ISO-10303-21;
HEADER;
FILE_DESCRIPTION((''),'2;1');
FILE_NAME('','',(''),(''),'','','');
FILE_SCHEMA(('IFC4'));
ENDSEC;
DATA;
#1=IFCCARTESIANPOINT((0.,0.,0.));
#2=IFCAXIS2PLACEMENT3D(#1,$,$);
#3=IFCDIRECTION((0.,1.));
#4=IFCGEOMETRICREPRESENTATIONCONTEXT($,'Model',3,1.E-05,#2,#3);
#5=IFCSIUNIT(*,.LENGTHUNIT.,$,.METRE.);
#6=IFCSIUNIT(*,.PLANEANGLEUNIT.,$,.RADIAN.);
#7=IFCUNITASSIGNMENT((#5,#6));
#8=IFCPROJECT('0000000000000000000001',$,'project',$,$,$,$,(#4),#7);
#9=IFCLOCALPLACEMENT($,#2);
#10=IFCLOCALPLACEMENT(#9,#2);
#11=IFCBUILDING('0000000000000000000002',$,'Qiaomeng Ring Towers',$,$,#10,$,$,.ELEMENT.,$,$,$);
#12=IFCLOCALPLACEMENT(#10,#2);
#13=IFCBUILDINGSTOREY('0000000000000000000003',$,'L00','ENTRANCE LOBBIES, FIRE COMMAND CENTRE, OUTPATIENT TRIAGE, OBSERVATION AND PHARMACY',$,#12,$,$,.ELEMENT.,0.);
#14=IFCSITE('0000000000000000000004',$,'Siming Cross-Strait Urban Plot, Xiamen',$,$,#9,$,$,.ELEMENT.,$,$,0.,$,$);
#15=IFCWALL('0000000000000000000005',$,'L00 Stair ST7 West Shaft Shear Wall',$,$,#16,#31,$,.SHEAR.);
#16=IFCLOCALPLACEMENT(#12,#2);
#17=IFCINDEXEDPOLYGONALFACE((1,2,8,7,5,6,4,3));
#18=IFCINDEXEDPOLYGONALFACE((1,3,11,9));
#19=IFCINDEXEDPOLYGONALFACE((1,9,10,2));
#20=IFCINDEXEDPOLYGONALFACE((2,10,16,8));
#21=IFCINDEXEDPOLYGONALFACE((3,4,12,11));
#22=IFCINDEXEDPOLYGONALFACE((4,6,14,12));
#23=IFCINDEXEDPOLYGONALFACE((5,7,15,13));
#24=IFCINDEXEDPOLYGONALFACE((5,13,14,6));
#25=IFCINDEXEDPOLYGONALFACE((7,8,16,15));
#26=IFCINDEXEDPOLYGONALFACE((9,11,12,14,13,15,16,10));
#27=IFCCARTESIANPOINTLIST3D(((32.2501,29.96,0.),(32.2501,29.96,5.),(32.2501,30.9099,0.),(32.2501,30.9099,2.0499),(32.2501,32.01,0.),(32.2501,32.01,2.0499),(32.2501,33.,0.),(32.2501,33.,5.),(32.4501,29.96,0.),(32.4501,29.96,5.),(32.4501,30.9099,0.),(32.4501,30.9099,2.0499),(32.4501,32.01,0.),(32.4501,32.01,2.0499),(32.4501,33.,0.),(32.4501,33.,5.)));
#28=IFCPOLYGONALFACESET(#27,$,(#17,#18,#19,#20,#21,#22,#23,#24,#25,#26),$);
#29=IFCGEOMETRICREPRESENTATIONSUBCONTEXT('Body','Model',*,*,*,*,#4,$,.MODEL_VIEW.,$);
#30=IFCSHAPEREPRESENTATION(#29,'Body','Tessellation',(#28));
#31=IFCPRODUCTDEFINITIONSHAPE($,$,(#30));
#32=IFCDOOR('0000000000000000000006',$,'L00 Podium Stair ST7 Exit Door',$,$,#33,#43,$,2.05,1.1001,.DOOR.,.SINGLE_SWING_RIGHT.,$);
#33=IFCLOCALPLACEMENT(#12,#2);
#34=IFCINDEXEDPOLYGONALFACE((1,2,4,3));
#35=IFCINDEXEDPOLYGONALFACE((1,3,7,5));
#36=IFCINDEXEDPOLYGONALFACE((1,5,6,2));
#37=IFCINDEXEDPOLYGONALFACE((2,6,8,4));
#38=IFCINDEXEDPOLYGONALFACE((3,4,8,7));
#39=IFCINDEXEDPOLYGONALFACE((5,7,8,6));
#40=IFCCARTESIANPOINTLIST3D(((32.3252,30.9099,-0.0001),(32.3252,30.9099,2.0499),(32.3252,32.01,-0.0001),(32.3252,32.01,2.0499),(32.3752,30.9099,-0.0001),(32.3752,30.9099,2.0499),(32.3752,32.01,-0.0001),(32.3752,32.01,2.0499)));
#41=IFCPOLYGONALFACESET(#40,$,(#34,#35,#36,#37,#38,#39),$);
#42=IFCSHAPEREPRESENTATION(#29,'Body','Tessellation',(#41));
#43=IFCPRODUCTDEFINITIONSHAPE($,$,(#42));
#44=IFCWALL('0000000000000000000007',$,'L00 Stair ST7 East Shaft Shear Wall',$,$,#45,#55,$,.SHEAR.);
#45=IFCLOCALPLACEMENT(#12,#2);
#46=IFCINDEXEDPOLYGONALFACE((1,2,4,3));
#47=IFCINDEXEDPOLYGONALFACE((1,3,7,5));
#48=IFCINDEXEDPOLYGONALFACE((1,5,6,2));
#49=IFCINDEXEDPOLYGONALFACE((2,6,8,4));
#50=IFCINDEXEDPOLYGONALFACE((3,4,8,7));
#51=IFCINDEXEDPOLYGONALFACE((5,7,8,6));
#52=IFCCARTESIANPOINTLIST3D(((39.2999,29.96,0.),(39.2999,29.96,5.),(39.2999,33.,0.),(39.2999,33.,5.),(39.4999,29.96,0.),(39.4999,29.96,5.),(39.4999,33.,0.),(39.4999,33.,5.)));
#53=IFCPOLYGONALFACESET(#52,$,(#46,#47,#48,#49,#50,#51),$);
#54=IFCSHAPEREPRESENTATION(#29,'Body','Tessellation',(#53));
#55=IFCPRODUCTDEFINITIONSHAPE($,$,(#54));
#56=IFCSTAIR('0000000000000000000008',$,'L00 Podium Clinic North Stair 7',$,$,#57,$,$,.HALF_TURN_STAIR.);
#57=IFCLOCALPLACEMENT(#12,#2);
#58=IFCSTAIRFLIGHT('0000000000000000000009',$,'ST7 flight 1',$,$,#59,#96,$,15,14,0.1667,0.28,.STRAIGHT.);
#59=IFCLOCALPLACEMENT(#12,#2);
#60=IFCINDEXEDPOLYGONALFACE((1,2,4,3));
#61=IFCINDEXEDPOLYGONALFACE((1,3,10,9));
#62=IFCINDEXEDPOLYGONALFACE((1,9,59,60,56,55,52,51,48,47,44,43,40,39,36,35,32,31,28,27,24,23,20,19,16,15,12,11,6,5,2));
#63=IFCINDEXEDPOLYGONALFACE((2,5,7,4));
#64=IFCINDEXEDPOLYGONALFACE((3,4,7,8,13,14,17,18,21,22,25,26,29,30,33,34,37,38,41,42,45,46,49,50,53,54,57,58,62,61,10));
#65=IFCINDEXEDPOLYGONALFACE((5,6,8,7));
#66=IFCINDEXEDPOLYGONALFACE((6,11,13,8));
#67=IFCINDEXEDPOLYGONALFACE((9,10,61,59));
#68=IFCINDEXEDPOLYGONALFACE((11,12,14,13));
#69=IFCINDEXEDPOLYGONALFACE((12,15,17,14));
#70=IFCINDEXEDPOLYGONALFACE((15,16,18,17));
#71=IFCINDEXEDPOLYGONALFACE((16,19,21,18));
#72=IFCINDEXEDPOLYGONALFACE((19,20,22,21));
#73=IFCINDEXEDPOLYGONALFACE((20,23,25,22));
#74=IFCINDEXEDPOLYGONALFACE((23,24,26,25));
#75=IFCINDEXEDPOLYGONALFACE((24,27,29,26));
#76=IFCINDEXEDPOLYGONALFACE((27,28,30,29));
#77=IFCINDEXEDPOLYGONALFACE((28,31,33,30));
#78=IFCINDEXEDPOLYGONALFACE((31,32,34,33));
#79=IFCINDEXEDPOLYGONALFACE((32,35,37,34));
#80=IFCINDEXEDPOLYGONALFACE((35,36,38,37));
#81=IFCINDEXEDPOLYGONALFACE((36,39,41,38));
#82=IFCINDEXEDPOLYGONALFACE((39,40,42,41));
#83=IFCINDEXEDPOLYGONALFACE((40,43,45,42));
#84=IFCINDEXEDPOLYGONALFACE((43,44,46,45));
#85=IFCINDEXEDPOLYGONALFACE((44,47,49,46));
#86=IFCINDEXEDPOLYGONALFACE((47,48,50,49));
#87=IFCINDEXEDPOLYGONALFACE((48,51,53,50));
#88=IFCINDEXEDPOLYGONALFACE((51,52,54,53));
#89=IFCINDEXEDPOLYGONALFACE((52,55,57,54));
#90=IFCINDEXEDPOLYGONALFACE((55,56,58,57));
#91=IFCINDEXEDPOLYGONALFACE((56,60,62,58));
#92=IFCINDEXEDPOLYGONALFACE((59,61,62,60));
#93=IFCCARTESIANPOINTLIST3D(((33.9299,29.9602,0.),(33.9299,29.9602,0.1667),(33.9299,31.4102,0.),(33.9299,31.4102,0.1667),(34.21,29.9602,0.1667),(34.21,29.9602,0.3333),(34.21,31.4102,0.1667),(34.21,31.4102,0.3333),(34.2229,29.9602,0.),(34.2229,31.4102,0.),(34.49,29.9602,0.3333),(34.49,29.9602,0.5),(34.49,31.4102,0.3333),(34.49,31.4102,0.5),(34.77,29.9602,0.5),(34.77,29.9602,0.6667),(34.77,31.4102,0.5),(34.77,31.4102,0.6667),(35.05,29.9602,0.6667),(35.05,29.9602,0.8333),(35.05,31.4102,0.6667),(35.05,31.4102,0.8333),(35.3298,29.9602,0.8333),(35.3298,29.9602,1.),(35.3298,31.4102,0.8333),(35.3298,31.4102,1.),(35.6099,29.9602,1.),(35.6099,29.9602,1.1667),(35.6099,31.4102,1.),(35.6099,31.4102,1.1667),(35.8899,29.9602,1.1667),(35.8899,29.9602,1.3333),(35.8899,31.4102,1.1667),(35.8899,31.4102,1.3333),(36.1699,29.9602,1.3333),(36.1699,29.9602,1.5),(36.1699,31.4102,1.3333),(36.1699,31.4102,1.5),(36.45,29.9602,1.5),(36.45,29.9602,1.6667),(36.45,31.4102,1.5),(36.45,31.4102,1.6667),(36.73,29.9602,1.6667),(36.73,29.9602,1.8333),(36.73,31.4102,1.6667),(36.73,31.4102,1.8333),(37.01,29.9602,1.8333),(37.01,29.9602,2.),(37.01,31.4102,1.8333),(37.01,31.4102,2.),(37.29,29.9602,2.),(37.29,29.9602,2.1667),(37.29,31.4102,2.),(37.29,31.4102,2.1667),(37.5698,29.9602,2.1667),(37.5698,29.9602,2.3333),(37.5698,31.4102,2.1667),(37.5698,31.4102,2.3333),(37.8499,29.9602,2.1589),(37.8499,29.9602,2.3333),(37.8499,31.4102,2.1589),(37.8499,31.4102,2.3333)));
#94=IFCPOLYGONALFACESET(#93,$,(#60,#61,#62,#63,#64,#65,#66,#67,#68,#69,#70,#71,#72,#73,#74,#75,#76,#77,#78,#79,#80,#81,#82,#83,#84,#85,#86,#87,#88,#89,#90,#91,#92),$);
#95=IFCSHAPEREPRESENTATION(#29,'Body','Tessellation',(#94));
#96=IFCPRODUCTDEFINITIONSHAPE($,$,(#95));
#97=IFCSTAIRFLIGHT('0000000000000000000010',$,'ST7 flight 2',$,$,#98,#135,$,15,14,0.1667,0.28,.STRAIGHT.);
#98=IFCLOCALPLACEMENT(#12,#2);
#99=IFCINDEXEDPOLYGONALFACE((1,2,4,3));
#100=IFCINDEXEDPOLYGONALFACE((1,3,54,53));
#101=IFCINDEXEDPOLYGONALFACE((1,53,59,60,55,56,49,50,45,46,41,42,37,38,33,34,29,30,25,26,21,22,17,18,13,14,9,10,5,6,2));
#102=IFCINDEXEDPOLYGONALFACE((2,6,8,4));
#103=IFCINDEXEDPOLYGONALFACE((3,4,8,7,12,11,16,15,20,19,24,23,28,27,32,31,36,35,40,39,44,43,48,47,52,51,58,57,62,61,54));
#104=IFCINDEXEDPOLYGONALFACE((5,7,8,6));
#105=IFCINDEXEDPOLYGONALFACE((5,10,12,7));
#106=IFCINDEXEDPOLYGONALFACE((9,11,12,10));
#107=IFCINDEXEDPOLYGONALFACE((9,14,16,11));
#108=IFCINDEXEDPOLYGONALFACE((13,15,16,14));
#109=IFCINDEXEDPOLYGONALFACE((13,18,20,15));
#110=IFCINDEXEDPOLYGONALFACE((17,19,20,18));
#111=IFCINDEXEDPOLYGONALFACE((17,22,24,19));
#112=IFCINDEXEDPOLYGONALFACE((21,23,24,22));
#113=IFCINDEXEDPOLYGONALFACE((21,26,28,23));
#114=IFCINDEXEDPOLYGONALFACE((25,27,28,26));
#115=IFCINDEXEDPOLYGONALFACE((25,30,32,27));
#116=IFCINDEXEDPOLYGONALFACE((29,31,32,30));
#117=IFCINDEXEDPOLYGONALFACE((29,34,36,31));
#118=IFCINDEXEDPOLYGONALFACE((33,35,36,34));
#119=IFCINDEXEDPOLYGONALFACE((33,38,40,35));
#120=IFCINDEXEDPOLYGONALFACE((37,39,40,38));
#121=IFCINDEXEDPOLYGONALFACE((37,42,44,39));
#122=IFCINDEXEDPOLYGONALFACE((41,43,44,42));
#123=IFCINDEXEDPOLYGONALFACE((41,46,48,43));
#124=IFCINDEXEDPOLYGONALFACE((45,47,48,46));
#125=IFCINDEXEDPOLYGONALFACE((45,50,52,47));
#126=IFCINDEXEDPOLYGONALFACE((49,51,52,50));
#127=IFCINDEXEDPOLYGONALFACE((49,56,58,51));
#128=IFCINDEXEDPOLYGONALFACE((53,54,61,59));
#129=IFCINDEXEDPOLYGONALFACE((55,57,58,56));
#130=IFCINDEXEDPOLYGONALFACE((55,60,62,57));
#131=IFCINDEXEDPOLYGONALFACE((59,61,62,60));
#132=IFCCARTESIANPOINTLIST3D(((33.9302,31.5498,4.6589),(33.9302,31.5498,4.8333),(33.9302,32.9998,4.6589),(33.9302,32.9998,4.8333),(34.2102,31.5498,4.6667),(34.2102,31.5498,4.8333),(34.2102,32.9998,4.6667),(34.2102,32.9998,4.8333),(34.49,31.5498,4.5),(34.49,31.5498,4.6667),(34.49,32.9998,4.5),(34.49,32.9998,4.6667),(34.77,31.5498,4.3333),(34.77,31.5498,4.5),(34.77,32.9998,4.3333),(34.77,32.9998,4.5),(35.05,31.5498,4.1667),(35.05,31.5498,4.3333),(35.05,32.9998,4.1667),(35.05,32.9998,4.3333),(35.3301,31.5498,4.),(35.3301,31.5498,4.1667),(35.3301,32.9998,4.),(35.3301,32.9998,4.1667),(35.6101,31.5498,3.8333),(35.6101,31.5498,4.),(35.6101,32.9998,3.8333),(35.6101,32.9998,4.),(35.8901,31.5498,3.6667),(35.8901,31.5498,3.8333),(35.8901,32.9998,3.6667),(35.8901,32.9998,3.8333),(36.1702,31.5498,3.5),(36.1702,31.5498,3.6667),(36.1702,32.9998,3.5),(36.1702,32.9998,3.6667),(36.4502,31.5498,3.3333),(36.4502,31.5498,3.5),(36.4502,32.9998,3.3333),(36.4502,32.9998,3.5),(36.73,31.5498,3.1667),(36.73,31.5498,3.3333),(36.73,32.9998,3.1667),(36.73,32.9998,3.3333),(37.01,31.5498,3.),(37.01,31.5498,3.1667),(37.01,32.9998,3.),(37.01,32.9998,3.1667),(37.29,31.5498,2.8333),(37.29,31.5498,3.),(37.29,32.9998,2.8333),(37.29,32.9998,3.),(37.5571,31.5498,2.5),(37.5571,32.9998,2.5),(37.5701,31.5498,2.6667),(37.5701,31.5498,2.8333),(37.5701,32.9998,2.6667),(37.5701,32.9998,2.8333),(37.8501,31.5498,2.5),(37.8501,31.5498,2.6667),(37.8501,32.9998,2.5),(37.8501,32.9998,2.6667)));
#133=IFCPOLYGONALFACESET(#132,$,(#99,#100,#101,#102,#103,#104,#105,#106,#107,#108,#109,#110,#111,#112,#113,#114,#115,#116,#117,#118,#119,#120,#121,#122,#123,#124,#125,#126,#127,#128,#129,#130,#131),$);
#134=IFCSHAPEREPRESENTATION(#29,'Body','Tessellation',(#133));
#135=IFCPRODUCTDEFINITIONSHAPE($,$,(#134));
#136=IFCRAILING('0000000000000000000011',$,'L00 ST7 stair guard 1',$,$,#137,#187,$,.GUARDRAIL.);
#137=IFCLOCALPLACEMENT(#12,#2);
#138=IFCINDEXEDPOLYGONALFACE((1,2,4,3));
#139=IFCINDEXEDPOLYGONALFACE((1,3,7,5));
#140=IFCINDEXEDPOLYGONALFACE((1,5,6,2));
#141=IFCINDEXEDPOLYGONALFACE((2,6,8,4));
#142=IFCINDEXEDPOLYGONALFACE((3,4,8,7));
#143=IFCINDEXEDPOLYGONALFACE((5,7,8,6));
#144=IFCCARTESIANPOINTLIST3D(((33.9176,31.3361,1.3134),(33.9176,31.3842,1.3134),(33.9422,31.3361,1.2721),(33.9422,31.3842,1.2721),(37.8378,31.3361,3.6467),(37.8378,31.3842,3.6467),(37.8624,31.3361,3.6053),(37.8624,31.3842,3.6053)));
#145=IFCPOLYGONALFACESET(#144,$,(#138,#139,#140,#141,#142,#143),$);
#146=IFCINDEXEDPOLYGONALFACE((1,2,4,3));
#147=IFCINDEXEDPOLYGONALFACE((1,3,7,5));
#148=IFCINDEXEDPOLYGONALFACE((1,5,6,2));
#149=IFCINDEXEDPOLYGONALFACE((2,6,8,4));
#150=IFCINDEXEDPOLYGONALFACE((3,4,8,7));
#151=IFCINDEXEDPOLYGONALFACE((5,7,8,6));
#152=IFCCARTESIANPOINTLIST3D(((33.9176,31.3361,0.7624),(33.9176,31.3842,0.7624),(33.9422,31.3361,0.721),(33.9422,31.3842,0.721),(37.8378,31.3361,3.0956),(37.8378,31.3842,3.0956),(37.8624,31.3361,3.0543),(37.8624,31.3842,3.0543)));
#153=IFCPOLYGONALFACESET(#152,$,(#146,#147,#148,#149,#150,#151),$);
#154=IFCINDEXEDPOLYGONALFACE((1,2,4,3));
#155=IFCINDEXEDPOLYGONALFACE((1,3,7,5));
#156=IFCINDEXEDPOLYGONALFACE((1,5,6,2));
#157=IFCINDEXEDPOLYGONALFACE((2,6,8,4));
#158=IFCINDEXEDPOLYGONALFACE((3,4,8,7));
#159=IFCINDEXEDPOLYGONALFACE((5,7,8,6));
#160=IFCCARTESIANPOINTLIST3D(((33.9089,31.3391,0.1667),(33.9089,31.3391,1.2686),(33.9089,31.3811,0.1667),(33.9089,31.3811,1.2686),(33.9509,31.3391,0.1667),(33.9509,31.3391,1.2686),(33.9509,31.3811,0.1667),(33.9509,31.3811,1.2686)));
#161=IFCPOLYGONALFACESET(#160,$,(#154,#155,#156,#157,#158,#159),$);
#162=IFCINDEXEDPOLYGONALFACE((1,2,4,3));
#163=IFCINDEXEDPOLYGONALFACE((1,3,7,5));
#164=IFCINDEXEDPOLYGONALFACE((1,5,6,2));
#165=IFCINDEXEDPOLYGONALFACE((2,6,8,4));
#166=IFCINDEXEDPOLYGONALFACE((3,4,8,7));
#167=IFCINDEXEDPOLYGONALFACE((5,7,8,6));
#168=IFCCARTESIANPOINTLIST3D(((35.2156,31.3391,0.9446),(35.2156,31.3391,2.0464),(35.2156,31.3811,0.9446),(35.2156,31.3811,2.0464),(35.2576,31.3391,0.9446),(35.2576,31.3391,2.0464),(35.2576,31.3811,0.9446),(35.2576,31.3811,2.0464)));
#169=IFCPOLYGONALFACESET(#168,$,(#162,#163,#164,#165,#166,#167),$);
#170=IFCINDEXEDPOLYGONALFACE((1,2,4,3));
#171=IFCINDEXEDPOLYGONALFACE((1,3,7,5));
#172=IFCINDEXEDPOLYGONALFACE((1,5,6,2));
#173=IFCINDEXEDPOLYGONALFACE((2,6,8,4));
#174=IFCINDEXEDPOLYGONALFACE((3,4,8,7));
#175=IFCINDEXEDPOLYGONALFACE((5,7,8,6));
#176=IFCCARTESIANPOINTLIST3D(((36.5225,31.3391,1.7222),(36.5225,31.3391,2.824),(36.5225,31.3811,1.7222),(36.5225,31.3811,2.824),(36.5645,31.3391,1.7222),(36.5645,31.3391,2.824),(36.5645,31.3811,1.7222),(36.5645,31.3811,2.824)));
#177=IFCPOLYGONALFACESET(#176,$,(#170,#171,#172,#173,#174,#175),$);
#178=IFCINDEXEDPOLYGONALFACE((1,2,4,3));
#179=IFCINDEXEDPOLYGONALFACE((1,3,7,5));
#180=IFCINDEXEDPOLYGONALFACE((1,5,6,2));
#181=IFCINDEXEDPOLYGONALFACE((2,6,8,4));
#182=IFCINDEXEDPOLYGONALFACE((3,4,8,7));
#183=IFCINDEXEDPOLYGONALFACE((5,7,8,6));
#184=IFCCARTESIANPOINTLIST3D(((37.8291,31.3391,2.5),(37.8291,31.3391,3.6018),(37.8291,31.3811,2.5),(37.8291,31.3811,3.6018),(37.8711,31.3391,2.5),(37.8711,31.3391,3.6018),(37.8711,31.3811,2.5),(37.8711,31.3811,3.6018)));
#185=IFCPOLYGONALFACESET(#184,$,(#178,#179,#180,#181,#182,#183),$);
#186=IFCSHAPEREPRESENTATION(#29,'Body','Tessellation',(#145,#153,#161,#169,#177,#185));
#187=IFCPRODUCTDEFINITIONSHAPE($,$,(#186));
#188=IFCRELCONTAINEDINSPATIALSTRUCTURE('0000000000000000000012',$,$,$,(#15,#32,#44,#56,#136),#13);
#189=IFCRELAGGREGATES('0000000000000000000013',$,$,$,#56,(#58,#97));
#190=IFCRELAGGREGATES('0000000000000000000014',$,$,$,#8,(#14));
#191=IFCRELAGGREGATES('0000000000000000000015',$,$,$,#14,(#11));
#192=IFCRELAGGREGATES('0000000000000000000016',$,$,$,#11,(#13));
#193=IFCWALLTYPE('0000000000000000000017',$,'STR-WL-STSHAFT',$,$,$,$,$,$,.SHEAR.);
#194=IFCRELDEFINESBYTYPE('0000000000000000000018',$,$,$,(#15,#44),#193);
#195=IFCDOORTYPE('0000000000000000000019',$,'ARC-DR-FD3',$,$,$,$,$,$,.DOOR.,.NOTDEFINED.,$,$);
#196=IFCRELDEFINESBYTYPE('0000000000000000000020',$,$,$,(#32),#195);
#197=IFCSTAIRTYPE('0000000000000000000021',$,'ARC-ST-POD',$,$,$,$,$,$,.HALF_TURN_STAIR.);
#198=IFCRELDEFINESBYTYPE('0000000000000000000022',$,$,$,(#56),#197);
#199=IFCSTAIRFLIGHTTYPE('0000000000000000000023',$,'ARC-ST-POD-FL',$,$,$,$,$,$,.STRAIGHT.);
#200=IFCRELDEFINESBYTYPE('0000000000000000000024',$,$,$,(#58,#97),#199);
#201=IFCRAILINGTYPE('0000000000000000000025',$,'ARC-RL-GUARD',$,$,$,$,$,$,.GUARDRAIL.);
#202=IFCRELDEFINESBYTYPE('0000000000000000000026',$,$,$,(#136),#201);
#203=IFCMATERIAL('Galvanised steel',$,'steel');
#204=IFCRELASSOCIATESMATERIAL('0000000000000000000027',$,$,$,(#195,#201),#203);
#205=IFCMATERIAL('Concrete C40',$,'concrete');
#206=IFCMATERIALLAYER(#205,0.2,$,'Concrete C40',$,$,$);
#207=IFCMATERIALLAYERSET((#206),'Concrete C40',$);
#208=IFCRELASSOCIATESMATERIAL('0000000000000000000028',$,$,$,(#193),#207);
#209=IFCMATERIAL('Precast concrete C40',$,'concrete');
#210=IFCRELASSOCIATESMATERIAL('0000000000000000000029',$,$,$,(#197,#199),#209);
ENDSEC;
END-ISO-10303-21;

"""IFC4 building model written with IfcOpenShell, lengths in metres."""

from ifc_helpers import new_model, si_unit, direction, frame, frame_2d, origin, origin_2d, place, context, subcontext, project, spatial, polyline, rectangle, outline, extrude, source, transform, mapped, material, layer, layer_set, type_object, element, fill, aggregate, save


model = new_model("IFC4")

# Units and contexts
model_context = context("Model", 3, precision=1e-05, world=origin(), true_north=direction((0.0, 1.0)))
body_context = subcontext(model_context, "Body", "Model", "MODEL_VIEW")
ifc_project = project(units=[si_unit("LENGTHUNIT", "METRE"), si_unit("PLANEANGLEUNIT", "RADIAN")], contexts=[model_context])

# Site, building, storey
site_placement = place(None, origin())
site = spatial("IfcSite", under=ifc_project, at=site_placement, Name="Siming Cross-Strait Urban Plot, Xiamen", CompositionType="ELEMENT", RefElevation=0.0)
building_placement = place(site_placement, origin())
building = spatial("IfcBuilding", under=site, at=building_placement, Name="Qiaomeng Ring Towers", CompositionType="ELEMENT")
storey_placement = place(building_placement, origin())
storey = spatial("IfcBuildingStorey", under=building, at=storey_placement, Name="L00", Description="ENTRANCE LOBBIES, FIRE COMMAND CENTRE, OUTPATIENT TRIAGE, OBSERVATION AND PHARMACY", CompositionType="ELEMENT", Elevation=0.0)

# Shared definitions
ifc_material_1 = material(Name="Galvanised steel", Category="steel")
door_type_1 = type_object("IfcDoorType", Name="ARC-DR-FD3", OperationType="NOTDEFINED", PredefinedType="DOOR", material=ifc_material_1)
shared_shape_1 = source(origin(), body_context, "Body", "SweptSolid", [
    extrude(rectangle(XDim=1.1001, YDim=2.05, at=frame_2d((0.55, 1.0249))), frame((0.0, 0.0249, 0.0), z_axis=(0.0, -1.0, 0.0), x_axis=(1.0, 0.0, 0.0)), (0.0, 0.0, 1.0), 0.05),
])

# Shared definitions
ifc_material_2 = material(Name="Concrete C40", Category="concrete")
ifc_layer_1 = layer(ifc_material_2, 0.2, Name="Concrete C40")
ifc_layer_set_1 = layer_set([ifc_layer_1], Name="Concrete C40")
wall_type_1 = type_object("IfcWallType", Name="STR-WL-STSHAFT", PredefinedType="SHEAR", material=ifc_layer_set_1)

# Wall, opening, door
wall_1_placement = place(storey_placement, frame((32.3501, 29.96, 0.0), z_axis=(0.0, 0.0, 1.0), x_axis=(0.0, 1.0, 0.0)))
wall_1 = element("IfcWall", 1, at=wall_1_placement, inside=storey, type_object=wall_type_1, Name="L00 Stair ST7 West Shaft Shear Wall", PredefinedType="SHEAR", context=body_context, shape_type="SweptSolid", body=[
    extrude(rectangle(XDim=3.04, YDim=0.2, at=frame_2d((1.52, 0.0))), origin(), (0.0, 0.0, 1.0), 5.0),
])
opening_1_placement = place(wall_1_placement, frame((0.95, 0.0, 0.0)))
opening_1 = element("IfcOpeningElement", 2, at=opening_1_placement, cuts=wall_1, PredefinedType="OPENING", context=body_context, shape_type="SweptSolid", body=[
    extrude(rectangle(XDim=1.1001, YDim=2.05, at=frame_2d((0.55, 1.0249))), frame((0.0, 0.1099, 0.0), z_axis=(0.0, -1.0, 0.0), x_axis=(1.0, 0.0, 0.0)), (0.0, 0.0, 1.0), 0.22),
])
door_1_placement = place(opening_1_placement, origin())
door_1 = element("IfcDoor", 3, at=door_1_placement, inside=storey, type_object=door_type_1, Name="L00 Podium Stair ST7 Exit Door", OperationType="SINGLE_SWING_RIGHT", OverallHeight=2.05, OverallWidth=1.1001, PredefinedType="DOOR", context=body_context, shape_type="MappedRepresentation", body=[
    mapped(shared_shape_1, transform((0.0, 0.0, 0.0), x_axis=(1.0, 0.0, 0.0), y_axis=(0.0, 1.0, 0.0), z_axis=(0.0, 0.0, 1.0), scale=1.0)),
])
fill(opening_1, door_1)

# Wall
wall_2_placement = place(storey_placement, frame((39.3999, 29.96, 0.0), z_axis=(0.0, 0.0, 1.0), x_axis=(0.0, 1.0, 0.0)))
element("IfcWall", 4, at=wall_2_placement, inside=storey, type_object=wall_type_1, Name="L00 Stair ST7 East Shaft Shear Wall", PredefinedType="SHEAR", context=body_context, shape_type="SweptSolid", body=[
    extrude(rectangle(XDim=3.04, YDim=0.2, at=frame_2d((1.52, 0.0))), origin(), (0.0, 0.0, 1.0), 5.0),
])

# Stair, stair flights
ifc_material_3 = material(Name="Precast concrete C40", Category="concrete")
stair_type = type_object("IfcStairType", Name="ARC-ST-POD", PredefinedType="HALF_TURN_STAIR", material=ifc_material_3)
stair_placement = place(storey_placement, origin())
stair = element("IfcStair", 5, at=stair_placement, inside=storey, type_object=stair_type, Name="L00 Podium Clinic North Stair 7", PredefinedType="HALF_TURN_STAIR")
stair_flight_type = type_object("IfcStairFlightType", Name="ARC-ST-POD-FL", PredefinedType="STRAIGHT", material=ifc_material_3)
shared_shape_2 = source(origin(), body_context, "Body", "SweptSolid", [
    extrude(outline(polyline([(0.0, 0.0), (0.0, 0.1667), (0.28, 0.1667), (0.28, 0.3333), (0.5601, 0.3333), (0.5601, 0.5), (0.8401, 0.5), (0.8401, 0.6667), (1.1201, 0.6667), (1.1201, 0.8333), (1.3999, 0.8333), (1.3999, 1.0), (1.6799, 1.0), (1.6799, 1.1667), (1.96, 1.1667), (1.96, 1.3333), (2.24, 1.3333), (2.24, 1.5), (2.52, 1.5), (2.52, 1.6667), (2.8, 1.6667), (2.8, 1.8333), (3.0801, 1.8333), (3.0801, 2.0), (3.3601, 2.0), (3.3601, 2.1667), (3.6399, 2.1667), (3.6399, 2.3333), (3.9199, 2.3333), (3.9199, 2.5), (3.9199, 2.1589), (0.293, 0.0), (0.0, 0.0)])), frame((0.0, 0.7251, 0.0), z_axis=(0.0, -1.0, 0.0), x_axis=(1.0, 0.0, 0.0)), (0.0, 0.0, 1.0), 1.45),
])
stair_flight_1_placement = place(storey_placement, frame((33.9299, 30.6851, 0.0), z_axis=(0.0, 0.0, 1.0), x_axis=(1.0, 0.0, 0.0)))
stair_flight_1 = element("IfcStairFlight", 6, at=stair_flight_1_placement, type_object=stair_flight_type, Name="ST7 flight 1", NumberOfRisers=15, NumberOfTreads=14, PredefinedType="STRAIGHT", RiserHeight=0.1667, TreadLength=0.28, context=body_context, shape_type="MappedRepresentation", body=[
    mapped(shared_shape_2, transform((0.0, 0.0, 0.0), x_axis=(1.0, 0.0, 0.0), y_axis=(0.0, 1.0, 0.0), z_axis=(0.0, 0.0, 1.0), scale=1.0)),
])
stair_flight_2_placement = place(storey_placement, frame((37.8501, 32.2749, 2.5), z_axis=(0.0, 0.0, 1.0), x_axis=(-1.0, 0.0, 0.0)))
stair_flight_2 = element("IfcStairFlight", 7, at=stair_flight_2_placement, type_object=stair_flight_type, Name="ST7 flight 2", NumberOfRisers=15, NumberOfTreads=14, PredefinedType="STRAIGHT", RiserHeight=0.1667, TreadLength=0.28, context=body_context, shape_type="MappedRepresentation", body=[
    mapped(shared_shape_2, transform((0.0, 0.0, 0.0), x_axis=(1.0, 0.0, 0.0), y_axis=(0.0, 1.0, 0.0), z_axis=(0.0, 0.0, 1.0), scale=1.0)),
])
aggregate(stair, [stair_flight_1, stair_flight_2])

# Railing
railing_type_1 = type_object("IfcRailingType", Name="ARC-RL-GUARD", PredefinedType="GUARDRAIL", material=ifc_material_1)
railing_1_placement = place(storey_placement, frame((33.9299, 31.3601, 0.1667)))
element("IfcRailing", 8, at=railing_1_placement, inside=storey, type_object=railing_type_1, Name="L00 ST7 stair guard 1", PredefinedType="GUARDRAIL", context=body_context, shape_type="SweptSolid", body=[
    extrude(rectangle(XDim=0.0481, YDim=0.0481, at=origin_2d()), frame((0.0, 0.0, 1.126), z_axis=(0.85931, 0.0, 0.511455), x_axis=(0.0, 1.0, 0.0)), (0.0, 0.0, 1.0), 4.562),
    extrude(rectangle(XDim=0.0481, YDim=0.0481, at=origin_2d()), frame((0.0, 0.0, 0.575), z_axis=(0.85931, 0.0, 0.511455), x_axis=(0.0, 1.0, 0.0)), (0.0, 0.0, 1.0), 4.562),
    extrude(rectangle(XDim=0.042, YDim=0.042, at=origin_2d()), origin(), (0.0, 0.0, 1.0), 1.1018),
    extrude(rectangle(XDim=0.042, YDim=0.042, at=origin_2d()), frame((1.3066, 0.0, 0.7778)), (0.0, 0.0, 1.0), 1.1018),
    extrude(rectangle(XDim=0.042, YDim=0.042, at=origin_2d()), frame((2.6135, 0.0, 1.5554)), (0.0, 0.0, 1.0), 1.1018),
    extrude(rectangle(XDim=0.042, YDim=0.042, at=origin_2d()), frame((3.9202, 0.0, 2.3333)), (0.0, 0.0, 1.0), 1.1018),
])

save(model, "model.ifc")
